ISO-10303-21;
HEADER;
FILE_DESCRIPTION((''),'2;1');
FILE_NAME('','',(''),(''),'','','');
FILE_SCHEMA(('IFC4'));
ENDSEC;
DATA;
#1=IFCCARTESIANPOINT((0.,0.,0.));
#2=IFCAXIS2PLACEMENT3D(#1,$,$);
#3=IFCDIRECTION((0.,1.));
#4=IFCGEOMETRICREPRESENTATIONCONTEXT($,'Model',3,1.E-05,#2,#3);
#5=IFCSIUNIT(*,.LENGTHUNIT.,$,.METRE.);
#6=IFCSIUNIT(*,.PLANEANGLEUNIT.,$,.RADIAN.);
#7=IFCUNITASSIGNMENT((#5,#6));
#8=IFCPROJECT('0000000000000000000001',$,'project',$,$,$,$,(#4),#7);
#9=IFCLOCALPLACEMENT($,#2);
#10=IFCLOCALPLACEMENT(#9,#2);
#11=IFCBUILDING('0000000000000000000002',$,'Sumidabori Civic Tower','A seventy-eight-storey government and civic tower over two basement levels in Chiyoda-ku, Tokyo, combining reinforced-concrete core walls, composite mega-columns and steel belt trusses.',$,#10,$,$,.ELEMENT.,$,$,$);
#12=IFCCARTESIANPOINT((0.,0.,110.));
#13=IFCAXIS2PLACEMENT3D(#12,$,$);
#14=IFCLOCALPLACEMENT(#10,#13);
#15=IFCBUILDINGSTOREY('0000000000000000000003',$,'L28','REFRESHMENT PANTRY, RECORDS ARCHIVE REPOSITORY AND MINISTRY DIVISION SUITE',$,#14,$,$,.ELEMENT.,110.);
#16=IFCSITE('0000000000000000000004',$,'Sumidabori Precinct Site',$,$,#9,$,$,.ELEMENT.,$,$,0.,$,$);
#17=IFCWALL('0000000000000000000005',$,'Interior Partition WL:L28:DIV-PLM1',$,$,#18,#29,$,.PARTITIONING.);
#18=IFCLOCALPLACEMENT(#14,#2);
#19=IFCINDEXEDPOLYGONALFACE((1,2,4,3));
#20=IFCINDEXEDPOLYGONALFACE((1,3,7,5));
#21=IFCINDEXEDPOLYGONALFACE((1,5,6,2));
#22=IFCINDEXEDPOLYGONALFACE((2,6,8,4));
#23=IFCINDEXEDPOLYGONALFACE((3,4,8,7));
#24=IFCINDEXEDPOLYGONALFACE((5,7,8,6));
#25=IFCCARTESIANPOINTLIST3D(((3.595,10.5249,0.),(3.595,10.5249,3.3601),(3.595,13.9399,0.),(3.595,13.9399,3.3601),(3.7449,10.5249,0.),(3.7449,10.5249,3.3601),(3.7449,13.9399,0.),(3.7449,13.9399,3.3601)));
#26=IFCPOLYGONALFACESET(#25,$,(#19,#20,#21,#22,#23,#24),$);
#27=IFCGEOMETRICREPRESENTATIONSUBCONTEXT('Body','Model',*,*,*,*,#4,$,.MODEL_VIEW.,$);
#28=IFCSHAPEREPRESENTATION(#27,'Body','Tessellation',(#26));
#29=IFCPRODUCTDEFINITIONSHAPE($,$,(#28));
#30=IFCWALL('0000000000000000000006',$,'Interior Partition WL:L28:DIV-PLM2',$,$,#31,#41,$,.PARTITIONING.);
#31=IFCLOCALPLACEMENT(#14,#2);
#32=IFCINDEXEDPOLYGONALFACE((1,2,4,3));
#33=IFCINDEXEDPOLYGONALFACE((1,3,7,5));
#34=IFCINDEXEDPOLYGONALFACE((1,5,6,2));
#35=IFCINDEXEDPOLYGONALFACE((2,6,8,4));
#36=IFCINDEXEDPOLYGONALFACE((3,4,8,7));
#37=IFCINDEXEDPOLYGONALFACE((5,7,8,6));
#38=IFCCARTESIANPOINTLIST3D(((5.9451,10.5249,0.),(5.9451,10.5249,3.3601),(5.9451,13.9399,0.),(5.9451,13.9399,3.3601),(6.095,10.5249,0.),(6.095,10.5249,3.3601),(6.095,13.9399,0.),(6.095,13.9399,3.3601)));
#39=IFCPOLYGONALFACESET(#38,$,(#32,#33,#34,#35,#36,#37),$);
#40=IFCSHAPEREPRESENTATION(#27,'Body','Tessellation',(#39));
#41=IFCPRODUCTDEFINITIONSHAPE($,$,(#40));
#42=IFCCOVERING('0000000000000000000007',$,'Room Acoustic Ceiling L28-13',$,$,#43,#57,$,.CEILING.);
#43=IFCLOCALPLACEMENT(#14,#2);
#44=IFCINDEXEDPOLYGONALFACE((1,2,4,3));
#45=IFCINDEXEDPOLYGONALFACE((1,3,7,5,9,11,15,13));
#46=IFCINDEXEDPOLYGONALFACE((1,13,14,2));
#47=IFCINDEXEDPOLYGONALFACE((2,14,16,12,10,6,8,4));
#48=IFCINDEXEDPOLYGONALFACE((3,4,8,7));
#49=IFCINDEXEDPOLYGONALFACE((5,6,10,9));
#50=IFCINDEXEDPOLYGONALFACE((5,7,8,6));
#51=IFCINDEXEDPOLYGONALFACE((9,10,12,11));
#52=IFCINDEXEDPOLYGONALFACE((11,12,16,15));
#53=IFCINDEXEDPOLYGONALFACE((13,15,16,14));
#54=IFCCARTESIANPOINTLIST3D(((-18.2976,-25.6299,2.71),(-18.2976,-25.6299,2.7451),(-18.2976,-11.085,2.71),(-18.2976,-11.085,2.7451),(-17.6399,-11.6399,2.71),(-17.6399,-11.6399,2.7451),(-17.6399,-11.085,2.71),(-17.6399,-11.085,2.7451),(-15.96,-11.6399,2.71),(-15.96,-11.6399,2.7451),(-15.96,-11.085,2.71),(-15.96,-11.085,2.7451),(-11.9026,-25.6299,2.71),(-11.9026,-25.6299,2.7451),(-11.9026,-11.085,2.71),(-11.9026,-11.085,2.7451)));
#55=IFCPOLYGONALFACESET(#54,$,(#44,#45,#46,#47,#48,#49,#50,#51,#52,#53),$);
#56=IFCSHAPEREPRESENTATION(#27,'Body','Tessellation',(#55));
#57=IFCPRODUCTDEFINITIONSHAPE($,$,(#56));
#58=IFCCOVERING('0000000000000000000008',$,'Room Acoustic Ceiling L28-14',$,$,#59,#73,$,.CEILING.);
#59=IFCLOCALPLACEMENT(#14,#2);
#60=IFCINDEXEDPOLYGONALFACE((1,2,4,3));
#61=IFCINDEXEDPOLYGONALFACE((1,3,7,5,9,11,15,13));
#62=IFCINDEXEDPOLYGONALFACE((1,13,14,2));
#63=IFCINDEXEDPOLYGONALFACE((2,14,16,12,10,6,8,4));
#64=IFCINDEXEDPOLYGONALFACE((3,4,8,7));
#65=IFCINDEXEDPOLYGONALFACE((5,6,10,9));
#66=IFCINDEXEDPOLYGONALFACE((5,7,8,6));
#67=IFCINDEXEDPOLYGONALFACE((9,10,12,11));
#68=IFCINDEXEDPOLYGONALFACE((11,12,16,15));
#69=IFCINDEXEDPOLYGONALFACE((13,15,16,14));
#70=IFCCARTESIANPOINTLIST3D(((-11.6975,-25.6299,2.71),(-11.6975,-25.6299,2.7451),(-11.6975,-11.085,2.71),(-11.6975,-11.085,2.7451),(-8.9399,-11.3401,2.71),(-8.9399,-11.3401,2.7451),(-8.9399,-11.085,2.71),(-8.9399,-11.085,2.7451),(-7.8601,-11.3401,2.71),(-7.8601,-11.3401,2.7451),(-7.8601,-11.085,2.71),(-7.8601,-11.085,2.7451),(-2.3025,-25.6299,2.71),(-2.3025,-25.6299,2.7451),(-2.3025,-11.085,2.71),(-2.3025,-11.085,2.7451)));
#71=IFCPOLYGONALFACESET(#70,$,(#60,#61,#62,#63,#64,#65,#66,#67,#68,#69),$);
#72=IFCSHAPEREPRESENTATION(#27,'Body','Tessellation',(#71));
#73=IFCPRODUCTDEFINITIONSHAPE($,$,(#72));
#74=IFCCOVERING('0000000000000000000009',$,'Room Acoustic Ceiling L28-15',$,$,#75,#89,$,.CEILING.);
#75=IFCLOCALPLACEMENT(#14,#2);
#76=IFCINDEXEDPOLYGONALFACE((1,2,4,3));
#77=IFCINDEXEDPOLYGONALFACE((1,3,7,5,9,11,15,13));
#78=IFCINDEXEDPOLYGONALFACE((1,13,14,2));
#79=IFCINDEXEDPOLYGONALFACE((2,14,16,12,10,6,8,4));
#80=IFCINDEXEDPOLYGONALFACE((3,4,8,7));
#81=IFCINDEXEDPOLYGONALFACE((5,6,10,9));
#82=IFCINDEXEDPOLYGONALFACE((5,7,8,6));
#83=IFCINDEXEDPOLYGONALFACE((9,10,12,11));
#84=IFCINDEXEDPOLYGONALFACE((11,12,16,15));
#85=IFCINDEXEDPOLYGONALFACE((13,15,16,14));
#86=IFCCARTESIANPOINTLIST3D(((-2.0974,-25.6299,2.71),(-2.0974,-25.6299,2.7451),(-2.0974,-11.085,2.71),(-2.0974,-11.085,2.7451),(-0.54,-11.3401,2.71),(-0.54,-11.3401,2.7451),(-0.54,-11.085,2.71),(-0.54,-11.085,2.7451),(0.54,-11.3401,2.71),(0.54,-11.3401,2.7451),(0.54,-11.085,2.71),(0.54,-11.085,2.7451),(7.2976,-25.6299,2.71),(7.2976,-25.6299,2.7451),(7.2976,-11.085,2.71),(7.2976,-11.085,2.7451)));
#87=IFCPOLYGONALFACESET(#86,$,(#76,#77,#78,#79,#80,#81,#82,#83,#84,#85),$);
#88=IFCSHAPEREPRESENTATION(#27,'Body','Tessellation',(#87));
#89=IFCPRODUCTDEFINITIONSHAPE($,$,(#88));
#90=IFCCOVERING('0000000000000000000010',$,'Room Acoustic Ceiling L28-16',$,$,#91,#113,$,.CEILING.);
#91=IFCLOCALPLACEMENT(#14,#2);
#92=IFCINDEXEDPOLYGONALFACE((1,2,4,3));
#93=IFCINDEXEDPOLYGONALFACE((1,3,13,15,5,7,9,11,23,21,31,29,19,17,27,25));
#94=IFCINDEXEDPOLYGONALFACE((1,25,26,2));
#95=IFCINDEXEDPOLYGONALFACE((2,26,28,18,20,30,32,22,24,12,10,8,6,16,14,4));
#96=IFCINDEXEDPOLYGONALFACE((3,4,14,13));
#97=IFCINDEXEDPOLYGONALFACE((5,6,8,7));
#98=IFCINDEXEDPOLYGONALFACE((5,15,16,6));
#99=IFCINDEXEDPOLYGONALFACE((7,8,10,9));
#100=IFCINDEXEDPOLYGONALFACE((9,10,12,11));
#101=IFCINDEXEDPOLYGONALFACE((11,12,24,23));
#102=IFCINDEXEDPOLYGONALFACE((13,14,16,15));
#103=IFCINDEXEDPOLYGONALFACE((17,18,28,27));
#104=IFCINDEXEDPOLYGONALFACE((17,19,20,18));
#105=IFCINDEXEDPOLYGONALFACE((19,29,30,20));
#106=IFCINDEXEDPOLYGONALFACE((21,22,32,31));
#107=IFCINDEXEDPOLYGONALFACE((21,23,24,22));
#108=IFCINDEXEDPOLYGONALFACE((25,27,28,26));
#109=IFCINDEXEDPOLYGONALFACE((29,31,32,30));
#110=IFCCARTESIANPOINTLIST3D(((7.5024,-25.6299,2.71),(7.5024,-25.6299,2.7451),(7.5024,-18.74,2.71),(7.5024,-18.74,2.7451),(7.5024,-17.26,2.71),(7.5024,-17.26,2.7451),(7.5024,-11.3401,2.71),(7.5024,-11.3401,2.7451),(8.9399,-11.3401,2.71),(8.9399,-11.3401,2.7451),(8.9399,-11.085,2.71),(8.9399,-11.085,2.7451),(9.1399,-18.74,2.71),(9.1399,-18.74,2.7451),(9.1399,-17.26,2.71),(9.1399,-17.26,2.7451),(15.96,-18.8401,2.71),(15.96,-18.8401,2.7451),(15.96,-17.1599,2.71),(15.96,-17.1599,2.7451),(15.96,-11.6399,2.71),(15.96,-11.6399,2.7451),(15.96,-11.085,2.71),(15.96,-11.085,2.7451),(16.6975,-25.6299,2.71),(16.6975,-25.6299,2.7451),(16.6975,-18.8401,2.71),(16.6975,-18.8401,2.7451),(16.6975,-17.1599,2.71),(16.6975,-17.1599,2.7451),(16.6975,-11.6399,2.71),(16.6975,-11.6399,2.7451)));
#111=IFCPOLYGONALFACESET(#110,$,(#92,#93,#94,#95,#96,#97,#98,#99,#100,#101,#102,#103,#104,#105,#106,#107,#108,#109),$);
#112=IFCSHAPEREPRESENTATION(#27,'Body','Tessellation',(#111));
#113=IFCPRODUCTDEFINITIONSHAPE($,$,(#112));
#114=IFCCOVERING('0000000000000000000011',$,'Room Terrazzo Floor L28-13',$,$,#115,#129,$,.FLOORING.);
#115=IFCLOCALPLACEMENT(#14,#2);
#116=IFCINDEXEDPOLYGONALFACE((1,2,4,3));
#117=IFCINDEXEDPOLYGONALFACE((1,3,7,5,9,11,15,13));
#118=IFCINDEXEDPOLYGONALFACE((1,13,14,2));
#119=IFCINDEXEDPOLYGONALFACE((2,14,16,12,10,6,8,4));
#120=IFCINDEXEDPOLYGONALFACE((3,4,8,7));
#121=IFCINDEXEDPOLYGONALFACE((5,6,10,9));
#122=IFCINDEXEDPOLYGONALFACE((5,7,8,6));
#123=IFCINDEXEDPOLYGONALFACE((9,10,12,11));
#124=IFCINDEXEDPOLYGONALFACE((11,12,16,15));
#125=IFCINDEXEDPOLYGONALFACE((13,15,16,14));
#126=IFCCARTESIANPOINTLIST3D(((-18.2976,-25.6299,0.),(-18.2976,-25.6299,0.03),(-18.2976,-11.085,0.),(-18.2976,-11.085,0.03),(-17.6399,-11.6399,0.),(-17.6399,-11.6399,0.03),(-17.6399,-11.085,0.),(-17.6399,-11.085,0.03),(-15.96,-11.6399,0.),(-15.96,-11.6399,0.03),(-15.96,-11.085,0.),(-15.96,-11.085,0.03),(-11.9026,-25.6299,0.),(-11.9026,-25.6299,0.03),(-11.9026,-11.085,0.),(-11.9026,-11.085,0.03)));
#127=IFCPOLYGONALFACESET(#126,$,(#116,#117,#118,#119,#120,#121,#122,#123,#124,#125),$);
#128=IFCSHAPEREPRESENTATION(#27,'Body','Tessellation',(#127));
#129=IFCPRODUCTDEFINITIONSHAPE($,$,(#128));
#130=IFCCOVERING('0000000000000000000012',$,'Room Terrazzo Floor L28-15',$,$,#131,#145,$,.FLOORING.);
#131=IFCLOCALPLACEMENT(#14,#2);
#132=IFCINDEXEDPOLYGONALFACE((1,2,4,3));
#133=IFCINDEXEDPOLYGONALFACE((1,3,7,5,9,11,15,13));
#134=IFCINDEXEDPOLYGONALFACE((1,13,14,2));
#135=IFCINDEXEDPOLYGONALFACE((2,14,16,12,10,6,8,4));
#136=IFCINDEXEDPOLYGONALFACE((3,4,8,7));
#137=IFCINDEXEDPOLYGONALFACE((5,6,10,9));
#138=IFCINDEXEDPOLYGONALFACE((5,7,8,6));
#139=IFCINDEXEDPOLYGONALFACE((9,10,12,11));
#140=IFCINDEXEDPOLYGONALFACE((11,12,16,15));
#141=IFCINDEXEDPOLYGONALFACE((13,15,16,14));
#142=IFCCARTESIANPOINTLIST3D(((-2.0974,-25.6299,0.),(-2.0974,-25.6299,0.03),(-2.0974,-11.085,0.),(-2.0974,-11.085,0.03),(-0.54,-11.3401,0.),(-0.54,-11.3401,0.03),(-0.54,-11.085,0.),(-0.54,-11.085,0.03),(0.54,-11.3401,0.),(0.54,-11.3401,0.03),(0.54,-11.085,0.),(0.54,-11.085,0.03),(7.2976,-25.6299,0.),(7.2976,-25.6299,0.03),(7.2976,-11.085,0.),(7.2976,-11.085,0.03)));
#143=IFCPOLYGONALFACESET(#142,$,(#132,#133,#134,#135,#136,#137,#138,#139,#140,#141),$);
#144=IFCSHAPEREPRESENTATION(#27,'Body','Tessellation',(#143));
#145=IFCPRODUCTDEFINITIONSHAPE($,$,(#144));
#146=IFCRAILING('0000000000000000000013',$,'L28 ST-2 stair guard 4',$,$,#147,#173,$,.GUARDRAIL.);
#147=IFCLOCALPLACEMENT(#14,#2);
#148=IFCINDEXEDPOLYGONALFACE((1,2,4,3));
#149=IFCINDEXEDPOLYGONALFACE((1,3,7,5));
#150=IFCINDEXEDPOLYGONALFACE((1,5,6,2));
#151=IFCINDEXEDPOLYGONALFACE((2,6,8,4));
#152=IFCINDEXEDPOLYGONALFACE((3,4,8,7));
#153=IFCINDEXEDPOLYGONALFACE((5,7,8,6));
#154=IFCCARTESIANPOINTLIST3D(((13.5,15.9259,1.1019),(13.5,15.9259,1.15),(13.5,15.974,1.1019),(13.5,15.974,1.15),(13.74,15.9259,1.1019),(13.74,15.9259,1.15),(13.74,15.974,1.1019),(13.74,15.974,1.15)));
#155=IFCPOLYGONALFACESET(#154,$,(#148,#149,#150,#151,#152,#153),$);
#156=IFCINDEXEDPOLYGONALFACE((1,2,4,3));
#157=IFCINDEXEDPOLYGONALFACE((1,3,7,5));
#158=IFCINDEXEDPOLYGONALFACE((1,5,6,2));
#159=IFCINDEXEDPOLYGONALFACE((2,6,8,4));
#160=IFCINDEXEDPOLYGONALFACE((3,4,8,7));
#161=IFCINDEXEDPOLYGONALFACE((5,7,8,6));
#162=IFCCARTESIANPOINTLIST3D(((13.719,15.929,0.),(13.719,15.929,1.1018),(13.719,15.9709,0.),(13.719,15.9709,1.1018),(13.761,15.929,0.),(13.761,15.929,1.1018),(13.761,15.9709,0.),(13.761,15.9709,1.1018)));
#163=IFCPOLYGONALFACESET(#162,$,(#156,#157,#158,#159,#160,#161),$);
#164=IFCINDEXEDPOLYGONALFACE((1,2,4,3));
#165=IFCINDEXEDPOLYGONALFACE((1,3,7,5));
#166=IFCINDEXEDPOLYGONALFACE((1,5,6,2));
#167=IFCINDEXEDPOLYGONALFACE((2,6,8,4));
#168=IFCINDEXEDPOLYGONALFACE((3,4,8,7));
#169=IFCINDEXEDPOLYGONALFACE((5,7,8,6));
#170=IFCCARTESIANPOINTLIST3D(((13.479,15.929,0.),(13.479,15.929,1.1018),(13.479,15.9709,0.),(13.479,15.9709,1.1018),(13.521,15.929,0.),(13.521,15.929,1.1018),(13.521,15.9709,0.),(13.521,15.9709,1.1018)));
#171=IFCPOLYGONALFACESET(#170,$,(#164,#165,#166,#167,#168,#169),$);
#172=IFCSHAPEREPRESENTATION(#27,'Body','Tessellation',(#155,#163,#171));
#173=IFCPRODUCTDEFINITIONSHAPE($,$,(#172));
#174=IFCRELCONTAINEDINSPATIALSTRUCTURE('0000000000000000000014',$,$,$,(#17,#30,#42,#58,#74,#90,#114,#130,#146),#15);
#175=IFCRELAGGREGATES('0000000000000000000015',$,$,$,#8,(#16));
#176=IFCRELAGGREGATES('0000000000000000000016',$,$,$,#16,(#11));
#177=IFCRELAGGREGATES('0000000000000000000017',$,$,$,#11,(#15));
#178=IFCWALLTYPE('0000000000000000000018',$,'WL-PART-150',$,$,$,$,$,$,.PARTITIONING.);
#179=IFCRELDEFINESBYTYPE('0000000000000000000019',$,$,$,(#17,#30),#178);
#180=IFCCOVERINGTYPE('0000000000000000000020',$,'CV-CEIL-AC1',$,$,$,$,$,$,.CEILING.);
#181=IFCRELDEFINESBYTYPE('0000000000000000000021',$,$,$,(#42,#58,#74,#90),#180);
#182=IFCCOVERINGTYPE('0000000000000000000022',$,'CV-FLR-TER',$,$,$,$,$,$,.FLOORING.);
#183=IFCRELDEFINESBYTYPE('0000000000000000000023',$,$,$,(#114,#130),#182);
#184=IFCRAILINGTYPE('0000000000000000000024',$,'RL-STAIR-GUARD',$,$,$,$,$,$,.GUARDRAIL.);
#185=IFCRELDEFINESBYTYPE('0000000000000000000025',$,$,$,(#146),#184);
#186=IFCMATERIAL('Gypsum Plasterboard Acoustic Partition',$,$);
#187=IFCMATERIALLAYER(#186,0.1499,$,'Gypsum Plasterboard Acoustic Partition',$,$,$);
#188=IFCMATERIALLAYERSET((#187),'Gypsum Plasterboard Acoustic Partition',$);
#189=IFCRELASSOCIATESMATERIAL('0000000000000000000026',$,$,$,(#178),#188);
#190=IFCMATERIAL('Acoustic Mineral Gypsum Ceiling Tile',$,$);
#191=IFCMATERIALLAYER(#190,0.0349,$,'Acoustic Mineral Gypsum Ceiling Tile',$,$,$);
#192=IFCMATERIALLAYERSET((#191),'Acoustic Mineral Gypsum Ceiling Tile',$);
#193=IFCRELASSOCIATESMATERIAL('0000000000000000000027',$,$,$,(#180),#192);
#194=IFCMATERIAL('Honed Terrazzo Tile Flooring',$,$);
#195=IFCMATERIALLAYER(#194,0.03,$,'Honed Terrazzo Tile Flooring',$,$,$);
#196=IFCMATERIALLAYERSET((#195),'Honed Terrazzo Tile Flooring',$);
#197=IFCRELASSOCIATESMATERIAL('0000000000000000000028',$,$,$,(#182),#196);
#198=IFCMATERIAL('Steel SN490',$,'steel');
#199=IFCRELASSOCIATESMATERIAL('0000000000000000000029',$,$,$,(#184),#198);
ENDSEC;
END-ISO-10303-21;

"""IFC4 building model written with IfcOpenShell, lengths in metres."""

from ifc_helpers import new_model, si_unit, direction, frame, frame_2d, origin, origin_2d, place, context, subcontext, project, spatial, polyline, rectangle, outline, extrude, source, transform, mapped, material, layer, layer_set, type_object, element, save


model = new_model("IFC4")

# Units and contexts
model_context = context("Model", 3, precision=1e-05, world=origin(), true_north=direction((0.0, 1.0)))
body_context = subcontext(model_context, "Body", "Model", "MODEL_VIEW")
ifc_project = project(units=[si_unit("LENGTHUNIT", "METRE"), si_unit("PLANEANGLEUNIT", "RADIAN")], contexts=[model_context])

# Site, building, storey
site_placement = place(None, origin())
site = spatial("IfcSite", under=ifc_project, at=site_placement, Name="Sumidabori Precinct Site", CompositionType="ELEMENT", RefElevation=0.0)
building_placement = place(site_placement, origin())
building = spatial("IfcBuilding", under=site, at=building_placement, Name="Sumidabori Civic Tower", Description="A seventy-eight-storey government and civic tower over two basement levels in Chiyoda-ku, Tokyo, combining reinforced-concrete core walls, composite mega-columns and steel belt trusses.", CompositionType="ELEMENT")
storey_placement = place(building_placement, frame((0.0, 0.0, 110.0)))
storey = spatial("IfcBuildingStorey", under=building, at=storey_placement, Name="L28", Description="REFRESHMENT PANTRY, RECORDS ARCHIVE REPOSITORY AND MINISTRY DIVISION SUITE", CompositionType="ELEMENT", Elevation=110.0)

# Shared definitions
ifc_material_1 = material(Name="Steel SN490", Category="steel")

# Shared definitions
ifc_material_2 = material(Name="Gypsum Plasterboard Acoustic Partition")
ifc_layer_1 = layer(ifc_material_2, 0.1499, Name="Gypsum Plasterboard Acoustic Partition")
ifc_layer_set_1 = layer_set([ifc_layer_1], Name="Gypsum Plasterboard Acoustic Partition")
wall_type_1 = type_object("IfcWallType", Name="WL-PART-150", PredefinedType="PARTITIONING", material=ifc_layer_set_1)

# Walls
shared_shape_1 = source(origin(), body_context, "Body", "SweptSolid", [
    extrude(rectangle(XDim=3.415, YDim=0.1499, at=frame_2d((1.7075, 0.0))), origin(), (0.0, 0.0, 1.0), 3.3601),
])
for number, where, z_axis, x_axis, name in (
    (1, (3.6699, 10.5249, 0.0), (0.0, 0.0, 1.0), (0.0, 1.0, 0.0), "Interior Partition WL:L28:DIV-PLM1"),
    (2, (6.02, 10.5249, 0.0), (0.0, 0.0, 1.0), (0.0, 1.0, 0.0), "Interior Partition WL:L28:DIV-PLM2"),
):
    element("IfcWall", number, at=place(storey_placement, frame(where, z_axis=z_axis, x_axis=x_axis)), inside=storey, type_object=wall_type_1, Name=name, PredefinedType="PARTITIONING", context=body_context, shape_type="MappedRepresentation", body=[
        mapped(shared_shape_1, transform((0.0, 0.0, 0.0), x_axis=(1.0, 0.0, 0.0), y_axis=(0.0, 1.0, 0.0), z_axis=(0.0, 0.0, 1.0), scale=1.0)),
    ])

# Coverings
ifc_material_3 = material(Name="Acoustic Mineral Gypsum Ceiling Tile")
ifc_layer_2 = layer(ifc_material_3, 0.0349, Name="Acoustic Mineral Gypsum Ceiling Tile")
ifc_layer_set_2 = layer_set([ifc_layer_2], Name="Acoustic Mineral Gypsum Ceiling Tile")
covering_type_1 = type_object("IfcCoveringType", Name="CV-CEIL-AC1", PredefinedType="CEILING", material=ifc_layer_set_2)
covering_1_placement = place(storey_placement, frame((0.0, 0.0, 2.71)))
element("IfcCovering", 3, at=covering_1_placement, inside=storey, type_object=covering_type_1, Name="Room Acoustic Ceiling L28-13", PredefinedType="CEILING", context=body_context, shape_type="SweptSolid", body=[
    extrude(outline(polyline([(-18.2976, -11.085), (-17.6399, -11.085), (-17.6399, -11.6399), (-15.96, -11.6399), (-15.96, -11.085), (-11.9026, -11.085), (-11.9026, -25.6299), (-18.2976, -25.6299), (-18.2976, -11.085)])), origin(), (0.0, 0.0, 1.0), 0.0352),
])
covering_2_placement = place(storey_placement, frame((0.0, 0.0, 2.71)))
element("IfcCovering", 4, at=covering_2_placement, inside=storey, type_object=covering_type_1, Name="Room Acoustic Ceiling L28-14", PredefinedType="CEILING", context=body_context, shape_type="SweptSolid", body=[
    extrude(outline(polyline([(-11.6975, -11.085), (-8.9399, -11.085), (-8.9399, -11.3401), (-7.8601, -11.3401), (-7.8601, -11.085), (-2.3025, -11.085), (-2.3025, -25.6299), (-11.6975, -25.6299), (-11.6975, -11.085)])), origin(), (0.0, 0.0, 1.0), 0.0352),
])
covering_3_placement = place(storey_placement, frame((0.0, 0.0, 2.71)))
element("IfcCovering", 5, at=covering_3_placement, inside=storey, type_object=covering_type_1, Name="Room Acoustic Ceiling L28-15", PredefinedType="CEILING", context=body_context, shape_type="SweptSolid", body=[
    extrude(outline(polyline([(-2.0974, -11.085), (-0.54, -11.085), (-0.54, -11.3401), (0.54, -11.3401), (0.54, -11.085), (7.2976, -11.085), (7.2976, -25.6299), (-2.0974, -25.6299), (-2.0974, -11.085)])), origin(), (0.0, 0.0, 1.0), 0.0352),
])
covering_4_placement = place(storey_placement, frame((0.0, 0.0, 2.71)))
element("IfcCovering", 6, at=covering_4_placement, inside=storey, type_object=covering_type_1, Name="Room Acoustic Ceiling L28-16", PredefinedType="CEILING", context=body_context, shape_type="SweptSolid", body=[
    extrude(outline(polyline([(7.5024, -18.74), (9.1399, -18.74), (9.1399, -17.26), (7.5024, -17.26), (7.5024, -11.3401), (8.9399, -11.3401), (8.9399, -11.085), (15.96, -11.085), (15.96, -11.6399), (16.6975, -11.6399), (16.6975, -17.1599), (15.96, -17.1599), (15.96, -18.8401), (16.6975, -18.8401), (16.6975, -25.6299), (7.5024, -25.6299), (7.5024, -18.74)])), origin(), (0.0, 0.0, 1.0), 0.0352),
])
ifc_material_4 = material(Name="Honed Terrazzo Tile Flooring")
ifc_layer_3 = layer(ifc_material_4, 0.03, Name="Honed Terrazzo Tile Flooring")
ifc_layer_set_3 = layer_set([ifc_layer_3], Name="Honed Terrazzo Tile Flooring")
covering_type_2 = type_object("IfcCoveringType", Name="CV-FLR-TER", PredefinedType="FLOORING", material=ifc_layer_set_3)
covering_5_placement = place(storey_placement, origin())
element("IfcCovering", 7, at=covering_5_placement, inside=storey, type_object=covering_type_2, Name="Room Terrazzo Floor L28-13", PredefinedType="FLOORING", context=body_context, shape_type="SweptSolid", body=[
    extrude(outline(polyline([(-18.2976, -11.085), (-17.6399, -11.085), (-17.6399, -11.6399), (-15.96, -11.6399), (-15.96, -11.085), (-11.9026, -11.085), (-11.9026, -25.6299), (-18.2976, -25.6299), (-18.2976, -11.085)])), origin(), (0.0, 0.0, 1.0), 0.03),
])
covering_6_placement = place(storey_placement, origin())
element("IfcCovering", 8, at=covering_6_placement, inside=storey, type_object=covering_type_2, Name="Room Terrazzo Floor L28-15", PredefinedType="FLOORING", context=body_context, shape_type="SweptSolid", body=[
    extrude(outline(polyline([(-2.0974, -11.085), (-0.54, -11.085), (-0.54, -11.3401), (0.54, -11.3401), (0.54, -11.085), (7.2976, -11.085), (7.2976, -25.6299), (-2.0974, -25.6299), (-2.0974, -11.085)])), origin(), (0.0, 0.0, 1.0), 0.03),
])

# Railing
railing_type = type_object("IfcRailingType", Name="RL-STAIR-GUARD", PredefinedType="GUARDRAIL", material=ifc_material_1)
railing_placement = place(storey_placement, frame((13.74, 15.95, 0.0)))
element("IfcRailing", 9, at=railing_placement, inside=storey, type_object=railing_type, Name="L28 ST-2 stair guard 4", PredefinedType="GUARDRAIL", context=body_context, shape_type="SweptSolid", body=[
    extrude(rectangle(XDim=0.0481, YDim=0.0481, at=origin_2d()), frame((0.0, 0.0, 1.126), z_axis=(-1.0, 0.0, 0.0), x_axis=(0.0, -1.0, 0.0)), (0.0, 0.0, 1.0), 0.24),
    extrude(rectangle(XDim=0.042, YDim=0.042, at=origin_2d()), origin(), (0.0, 0.0, 1.0), 1.1018),
    extrude(rectangle(XDim=0.042, YDim=0.042, at=origin_2d()), frame((-0.24, 0.0, 0.0)), (0.0, 0.0, 1.0), 1.1018),
])

save(model, "model.ifc")
